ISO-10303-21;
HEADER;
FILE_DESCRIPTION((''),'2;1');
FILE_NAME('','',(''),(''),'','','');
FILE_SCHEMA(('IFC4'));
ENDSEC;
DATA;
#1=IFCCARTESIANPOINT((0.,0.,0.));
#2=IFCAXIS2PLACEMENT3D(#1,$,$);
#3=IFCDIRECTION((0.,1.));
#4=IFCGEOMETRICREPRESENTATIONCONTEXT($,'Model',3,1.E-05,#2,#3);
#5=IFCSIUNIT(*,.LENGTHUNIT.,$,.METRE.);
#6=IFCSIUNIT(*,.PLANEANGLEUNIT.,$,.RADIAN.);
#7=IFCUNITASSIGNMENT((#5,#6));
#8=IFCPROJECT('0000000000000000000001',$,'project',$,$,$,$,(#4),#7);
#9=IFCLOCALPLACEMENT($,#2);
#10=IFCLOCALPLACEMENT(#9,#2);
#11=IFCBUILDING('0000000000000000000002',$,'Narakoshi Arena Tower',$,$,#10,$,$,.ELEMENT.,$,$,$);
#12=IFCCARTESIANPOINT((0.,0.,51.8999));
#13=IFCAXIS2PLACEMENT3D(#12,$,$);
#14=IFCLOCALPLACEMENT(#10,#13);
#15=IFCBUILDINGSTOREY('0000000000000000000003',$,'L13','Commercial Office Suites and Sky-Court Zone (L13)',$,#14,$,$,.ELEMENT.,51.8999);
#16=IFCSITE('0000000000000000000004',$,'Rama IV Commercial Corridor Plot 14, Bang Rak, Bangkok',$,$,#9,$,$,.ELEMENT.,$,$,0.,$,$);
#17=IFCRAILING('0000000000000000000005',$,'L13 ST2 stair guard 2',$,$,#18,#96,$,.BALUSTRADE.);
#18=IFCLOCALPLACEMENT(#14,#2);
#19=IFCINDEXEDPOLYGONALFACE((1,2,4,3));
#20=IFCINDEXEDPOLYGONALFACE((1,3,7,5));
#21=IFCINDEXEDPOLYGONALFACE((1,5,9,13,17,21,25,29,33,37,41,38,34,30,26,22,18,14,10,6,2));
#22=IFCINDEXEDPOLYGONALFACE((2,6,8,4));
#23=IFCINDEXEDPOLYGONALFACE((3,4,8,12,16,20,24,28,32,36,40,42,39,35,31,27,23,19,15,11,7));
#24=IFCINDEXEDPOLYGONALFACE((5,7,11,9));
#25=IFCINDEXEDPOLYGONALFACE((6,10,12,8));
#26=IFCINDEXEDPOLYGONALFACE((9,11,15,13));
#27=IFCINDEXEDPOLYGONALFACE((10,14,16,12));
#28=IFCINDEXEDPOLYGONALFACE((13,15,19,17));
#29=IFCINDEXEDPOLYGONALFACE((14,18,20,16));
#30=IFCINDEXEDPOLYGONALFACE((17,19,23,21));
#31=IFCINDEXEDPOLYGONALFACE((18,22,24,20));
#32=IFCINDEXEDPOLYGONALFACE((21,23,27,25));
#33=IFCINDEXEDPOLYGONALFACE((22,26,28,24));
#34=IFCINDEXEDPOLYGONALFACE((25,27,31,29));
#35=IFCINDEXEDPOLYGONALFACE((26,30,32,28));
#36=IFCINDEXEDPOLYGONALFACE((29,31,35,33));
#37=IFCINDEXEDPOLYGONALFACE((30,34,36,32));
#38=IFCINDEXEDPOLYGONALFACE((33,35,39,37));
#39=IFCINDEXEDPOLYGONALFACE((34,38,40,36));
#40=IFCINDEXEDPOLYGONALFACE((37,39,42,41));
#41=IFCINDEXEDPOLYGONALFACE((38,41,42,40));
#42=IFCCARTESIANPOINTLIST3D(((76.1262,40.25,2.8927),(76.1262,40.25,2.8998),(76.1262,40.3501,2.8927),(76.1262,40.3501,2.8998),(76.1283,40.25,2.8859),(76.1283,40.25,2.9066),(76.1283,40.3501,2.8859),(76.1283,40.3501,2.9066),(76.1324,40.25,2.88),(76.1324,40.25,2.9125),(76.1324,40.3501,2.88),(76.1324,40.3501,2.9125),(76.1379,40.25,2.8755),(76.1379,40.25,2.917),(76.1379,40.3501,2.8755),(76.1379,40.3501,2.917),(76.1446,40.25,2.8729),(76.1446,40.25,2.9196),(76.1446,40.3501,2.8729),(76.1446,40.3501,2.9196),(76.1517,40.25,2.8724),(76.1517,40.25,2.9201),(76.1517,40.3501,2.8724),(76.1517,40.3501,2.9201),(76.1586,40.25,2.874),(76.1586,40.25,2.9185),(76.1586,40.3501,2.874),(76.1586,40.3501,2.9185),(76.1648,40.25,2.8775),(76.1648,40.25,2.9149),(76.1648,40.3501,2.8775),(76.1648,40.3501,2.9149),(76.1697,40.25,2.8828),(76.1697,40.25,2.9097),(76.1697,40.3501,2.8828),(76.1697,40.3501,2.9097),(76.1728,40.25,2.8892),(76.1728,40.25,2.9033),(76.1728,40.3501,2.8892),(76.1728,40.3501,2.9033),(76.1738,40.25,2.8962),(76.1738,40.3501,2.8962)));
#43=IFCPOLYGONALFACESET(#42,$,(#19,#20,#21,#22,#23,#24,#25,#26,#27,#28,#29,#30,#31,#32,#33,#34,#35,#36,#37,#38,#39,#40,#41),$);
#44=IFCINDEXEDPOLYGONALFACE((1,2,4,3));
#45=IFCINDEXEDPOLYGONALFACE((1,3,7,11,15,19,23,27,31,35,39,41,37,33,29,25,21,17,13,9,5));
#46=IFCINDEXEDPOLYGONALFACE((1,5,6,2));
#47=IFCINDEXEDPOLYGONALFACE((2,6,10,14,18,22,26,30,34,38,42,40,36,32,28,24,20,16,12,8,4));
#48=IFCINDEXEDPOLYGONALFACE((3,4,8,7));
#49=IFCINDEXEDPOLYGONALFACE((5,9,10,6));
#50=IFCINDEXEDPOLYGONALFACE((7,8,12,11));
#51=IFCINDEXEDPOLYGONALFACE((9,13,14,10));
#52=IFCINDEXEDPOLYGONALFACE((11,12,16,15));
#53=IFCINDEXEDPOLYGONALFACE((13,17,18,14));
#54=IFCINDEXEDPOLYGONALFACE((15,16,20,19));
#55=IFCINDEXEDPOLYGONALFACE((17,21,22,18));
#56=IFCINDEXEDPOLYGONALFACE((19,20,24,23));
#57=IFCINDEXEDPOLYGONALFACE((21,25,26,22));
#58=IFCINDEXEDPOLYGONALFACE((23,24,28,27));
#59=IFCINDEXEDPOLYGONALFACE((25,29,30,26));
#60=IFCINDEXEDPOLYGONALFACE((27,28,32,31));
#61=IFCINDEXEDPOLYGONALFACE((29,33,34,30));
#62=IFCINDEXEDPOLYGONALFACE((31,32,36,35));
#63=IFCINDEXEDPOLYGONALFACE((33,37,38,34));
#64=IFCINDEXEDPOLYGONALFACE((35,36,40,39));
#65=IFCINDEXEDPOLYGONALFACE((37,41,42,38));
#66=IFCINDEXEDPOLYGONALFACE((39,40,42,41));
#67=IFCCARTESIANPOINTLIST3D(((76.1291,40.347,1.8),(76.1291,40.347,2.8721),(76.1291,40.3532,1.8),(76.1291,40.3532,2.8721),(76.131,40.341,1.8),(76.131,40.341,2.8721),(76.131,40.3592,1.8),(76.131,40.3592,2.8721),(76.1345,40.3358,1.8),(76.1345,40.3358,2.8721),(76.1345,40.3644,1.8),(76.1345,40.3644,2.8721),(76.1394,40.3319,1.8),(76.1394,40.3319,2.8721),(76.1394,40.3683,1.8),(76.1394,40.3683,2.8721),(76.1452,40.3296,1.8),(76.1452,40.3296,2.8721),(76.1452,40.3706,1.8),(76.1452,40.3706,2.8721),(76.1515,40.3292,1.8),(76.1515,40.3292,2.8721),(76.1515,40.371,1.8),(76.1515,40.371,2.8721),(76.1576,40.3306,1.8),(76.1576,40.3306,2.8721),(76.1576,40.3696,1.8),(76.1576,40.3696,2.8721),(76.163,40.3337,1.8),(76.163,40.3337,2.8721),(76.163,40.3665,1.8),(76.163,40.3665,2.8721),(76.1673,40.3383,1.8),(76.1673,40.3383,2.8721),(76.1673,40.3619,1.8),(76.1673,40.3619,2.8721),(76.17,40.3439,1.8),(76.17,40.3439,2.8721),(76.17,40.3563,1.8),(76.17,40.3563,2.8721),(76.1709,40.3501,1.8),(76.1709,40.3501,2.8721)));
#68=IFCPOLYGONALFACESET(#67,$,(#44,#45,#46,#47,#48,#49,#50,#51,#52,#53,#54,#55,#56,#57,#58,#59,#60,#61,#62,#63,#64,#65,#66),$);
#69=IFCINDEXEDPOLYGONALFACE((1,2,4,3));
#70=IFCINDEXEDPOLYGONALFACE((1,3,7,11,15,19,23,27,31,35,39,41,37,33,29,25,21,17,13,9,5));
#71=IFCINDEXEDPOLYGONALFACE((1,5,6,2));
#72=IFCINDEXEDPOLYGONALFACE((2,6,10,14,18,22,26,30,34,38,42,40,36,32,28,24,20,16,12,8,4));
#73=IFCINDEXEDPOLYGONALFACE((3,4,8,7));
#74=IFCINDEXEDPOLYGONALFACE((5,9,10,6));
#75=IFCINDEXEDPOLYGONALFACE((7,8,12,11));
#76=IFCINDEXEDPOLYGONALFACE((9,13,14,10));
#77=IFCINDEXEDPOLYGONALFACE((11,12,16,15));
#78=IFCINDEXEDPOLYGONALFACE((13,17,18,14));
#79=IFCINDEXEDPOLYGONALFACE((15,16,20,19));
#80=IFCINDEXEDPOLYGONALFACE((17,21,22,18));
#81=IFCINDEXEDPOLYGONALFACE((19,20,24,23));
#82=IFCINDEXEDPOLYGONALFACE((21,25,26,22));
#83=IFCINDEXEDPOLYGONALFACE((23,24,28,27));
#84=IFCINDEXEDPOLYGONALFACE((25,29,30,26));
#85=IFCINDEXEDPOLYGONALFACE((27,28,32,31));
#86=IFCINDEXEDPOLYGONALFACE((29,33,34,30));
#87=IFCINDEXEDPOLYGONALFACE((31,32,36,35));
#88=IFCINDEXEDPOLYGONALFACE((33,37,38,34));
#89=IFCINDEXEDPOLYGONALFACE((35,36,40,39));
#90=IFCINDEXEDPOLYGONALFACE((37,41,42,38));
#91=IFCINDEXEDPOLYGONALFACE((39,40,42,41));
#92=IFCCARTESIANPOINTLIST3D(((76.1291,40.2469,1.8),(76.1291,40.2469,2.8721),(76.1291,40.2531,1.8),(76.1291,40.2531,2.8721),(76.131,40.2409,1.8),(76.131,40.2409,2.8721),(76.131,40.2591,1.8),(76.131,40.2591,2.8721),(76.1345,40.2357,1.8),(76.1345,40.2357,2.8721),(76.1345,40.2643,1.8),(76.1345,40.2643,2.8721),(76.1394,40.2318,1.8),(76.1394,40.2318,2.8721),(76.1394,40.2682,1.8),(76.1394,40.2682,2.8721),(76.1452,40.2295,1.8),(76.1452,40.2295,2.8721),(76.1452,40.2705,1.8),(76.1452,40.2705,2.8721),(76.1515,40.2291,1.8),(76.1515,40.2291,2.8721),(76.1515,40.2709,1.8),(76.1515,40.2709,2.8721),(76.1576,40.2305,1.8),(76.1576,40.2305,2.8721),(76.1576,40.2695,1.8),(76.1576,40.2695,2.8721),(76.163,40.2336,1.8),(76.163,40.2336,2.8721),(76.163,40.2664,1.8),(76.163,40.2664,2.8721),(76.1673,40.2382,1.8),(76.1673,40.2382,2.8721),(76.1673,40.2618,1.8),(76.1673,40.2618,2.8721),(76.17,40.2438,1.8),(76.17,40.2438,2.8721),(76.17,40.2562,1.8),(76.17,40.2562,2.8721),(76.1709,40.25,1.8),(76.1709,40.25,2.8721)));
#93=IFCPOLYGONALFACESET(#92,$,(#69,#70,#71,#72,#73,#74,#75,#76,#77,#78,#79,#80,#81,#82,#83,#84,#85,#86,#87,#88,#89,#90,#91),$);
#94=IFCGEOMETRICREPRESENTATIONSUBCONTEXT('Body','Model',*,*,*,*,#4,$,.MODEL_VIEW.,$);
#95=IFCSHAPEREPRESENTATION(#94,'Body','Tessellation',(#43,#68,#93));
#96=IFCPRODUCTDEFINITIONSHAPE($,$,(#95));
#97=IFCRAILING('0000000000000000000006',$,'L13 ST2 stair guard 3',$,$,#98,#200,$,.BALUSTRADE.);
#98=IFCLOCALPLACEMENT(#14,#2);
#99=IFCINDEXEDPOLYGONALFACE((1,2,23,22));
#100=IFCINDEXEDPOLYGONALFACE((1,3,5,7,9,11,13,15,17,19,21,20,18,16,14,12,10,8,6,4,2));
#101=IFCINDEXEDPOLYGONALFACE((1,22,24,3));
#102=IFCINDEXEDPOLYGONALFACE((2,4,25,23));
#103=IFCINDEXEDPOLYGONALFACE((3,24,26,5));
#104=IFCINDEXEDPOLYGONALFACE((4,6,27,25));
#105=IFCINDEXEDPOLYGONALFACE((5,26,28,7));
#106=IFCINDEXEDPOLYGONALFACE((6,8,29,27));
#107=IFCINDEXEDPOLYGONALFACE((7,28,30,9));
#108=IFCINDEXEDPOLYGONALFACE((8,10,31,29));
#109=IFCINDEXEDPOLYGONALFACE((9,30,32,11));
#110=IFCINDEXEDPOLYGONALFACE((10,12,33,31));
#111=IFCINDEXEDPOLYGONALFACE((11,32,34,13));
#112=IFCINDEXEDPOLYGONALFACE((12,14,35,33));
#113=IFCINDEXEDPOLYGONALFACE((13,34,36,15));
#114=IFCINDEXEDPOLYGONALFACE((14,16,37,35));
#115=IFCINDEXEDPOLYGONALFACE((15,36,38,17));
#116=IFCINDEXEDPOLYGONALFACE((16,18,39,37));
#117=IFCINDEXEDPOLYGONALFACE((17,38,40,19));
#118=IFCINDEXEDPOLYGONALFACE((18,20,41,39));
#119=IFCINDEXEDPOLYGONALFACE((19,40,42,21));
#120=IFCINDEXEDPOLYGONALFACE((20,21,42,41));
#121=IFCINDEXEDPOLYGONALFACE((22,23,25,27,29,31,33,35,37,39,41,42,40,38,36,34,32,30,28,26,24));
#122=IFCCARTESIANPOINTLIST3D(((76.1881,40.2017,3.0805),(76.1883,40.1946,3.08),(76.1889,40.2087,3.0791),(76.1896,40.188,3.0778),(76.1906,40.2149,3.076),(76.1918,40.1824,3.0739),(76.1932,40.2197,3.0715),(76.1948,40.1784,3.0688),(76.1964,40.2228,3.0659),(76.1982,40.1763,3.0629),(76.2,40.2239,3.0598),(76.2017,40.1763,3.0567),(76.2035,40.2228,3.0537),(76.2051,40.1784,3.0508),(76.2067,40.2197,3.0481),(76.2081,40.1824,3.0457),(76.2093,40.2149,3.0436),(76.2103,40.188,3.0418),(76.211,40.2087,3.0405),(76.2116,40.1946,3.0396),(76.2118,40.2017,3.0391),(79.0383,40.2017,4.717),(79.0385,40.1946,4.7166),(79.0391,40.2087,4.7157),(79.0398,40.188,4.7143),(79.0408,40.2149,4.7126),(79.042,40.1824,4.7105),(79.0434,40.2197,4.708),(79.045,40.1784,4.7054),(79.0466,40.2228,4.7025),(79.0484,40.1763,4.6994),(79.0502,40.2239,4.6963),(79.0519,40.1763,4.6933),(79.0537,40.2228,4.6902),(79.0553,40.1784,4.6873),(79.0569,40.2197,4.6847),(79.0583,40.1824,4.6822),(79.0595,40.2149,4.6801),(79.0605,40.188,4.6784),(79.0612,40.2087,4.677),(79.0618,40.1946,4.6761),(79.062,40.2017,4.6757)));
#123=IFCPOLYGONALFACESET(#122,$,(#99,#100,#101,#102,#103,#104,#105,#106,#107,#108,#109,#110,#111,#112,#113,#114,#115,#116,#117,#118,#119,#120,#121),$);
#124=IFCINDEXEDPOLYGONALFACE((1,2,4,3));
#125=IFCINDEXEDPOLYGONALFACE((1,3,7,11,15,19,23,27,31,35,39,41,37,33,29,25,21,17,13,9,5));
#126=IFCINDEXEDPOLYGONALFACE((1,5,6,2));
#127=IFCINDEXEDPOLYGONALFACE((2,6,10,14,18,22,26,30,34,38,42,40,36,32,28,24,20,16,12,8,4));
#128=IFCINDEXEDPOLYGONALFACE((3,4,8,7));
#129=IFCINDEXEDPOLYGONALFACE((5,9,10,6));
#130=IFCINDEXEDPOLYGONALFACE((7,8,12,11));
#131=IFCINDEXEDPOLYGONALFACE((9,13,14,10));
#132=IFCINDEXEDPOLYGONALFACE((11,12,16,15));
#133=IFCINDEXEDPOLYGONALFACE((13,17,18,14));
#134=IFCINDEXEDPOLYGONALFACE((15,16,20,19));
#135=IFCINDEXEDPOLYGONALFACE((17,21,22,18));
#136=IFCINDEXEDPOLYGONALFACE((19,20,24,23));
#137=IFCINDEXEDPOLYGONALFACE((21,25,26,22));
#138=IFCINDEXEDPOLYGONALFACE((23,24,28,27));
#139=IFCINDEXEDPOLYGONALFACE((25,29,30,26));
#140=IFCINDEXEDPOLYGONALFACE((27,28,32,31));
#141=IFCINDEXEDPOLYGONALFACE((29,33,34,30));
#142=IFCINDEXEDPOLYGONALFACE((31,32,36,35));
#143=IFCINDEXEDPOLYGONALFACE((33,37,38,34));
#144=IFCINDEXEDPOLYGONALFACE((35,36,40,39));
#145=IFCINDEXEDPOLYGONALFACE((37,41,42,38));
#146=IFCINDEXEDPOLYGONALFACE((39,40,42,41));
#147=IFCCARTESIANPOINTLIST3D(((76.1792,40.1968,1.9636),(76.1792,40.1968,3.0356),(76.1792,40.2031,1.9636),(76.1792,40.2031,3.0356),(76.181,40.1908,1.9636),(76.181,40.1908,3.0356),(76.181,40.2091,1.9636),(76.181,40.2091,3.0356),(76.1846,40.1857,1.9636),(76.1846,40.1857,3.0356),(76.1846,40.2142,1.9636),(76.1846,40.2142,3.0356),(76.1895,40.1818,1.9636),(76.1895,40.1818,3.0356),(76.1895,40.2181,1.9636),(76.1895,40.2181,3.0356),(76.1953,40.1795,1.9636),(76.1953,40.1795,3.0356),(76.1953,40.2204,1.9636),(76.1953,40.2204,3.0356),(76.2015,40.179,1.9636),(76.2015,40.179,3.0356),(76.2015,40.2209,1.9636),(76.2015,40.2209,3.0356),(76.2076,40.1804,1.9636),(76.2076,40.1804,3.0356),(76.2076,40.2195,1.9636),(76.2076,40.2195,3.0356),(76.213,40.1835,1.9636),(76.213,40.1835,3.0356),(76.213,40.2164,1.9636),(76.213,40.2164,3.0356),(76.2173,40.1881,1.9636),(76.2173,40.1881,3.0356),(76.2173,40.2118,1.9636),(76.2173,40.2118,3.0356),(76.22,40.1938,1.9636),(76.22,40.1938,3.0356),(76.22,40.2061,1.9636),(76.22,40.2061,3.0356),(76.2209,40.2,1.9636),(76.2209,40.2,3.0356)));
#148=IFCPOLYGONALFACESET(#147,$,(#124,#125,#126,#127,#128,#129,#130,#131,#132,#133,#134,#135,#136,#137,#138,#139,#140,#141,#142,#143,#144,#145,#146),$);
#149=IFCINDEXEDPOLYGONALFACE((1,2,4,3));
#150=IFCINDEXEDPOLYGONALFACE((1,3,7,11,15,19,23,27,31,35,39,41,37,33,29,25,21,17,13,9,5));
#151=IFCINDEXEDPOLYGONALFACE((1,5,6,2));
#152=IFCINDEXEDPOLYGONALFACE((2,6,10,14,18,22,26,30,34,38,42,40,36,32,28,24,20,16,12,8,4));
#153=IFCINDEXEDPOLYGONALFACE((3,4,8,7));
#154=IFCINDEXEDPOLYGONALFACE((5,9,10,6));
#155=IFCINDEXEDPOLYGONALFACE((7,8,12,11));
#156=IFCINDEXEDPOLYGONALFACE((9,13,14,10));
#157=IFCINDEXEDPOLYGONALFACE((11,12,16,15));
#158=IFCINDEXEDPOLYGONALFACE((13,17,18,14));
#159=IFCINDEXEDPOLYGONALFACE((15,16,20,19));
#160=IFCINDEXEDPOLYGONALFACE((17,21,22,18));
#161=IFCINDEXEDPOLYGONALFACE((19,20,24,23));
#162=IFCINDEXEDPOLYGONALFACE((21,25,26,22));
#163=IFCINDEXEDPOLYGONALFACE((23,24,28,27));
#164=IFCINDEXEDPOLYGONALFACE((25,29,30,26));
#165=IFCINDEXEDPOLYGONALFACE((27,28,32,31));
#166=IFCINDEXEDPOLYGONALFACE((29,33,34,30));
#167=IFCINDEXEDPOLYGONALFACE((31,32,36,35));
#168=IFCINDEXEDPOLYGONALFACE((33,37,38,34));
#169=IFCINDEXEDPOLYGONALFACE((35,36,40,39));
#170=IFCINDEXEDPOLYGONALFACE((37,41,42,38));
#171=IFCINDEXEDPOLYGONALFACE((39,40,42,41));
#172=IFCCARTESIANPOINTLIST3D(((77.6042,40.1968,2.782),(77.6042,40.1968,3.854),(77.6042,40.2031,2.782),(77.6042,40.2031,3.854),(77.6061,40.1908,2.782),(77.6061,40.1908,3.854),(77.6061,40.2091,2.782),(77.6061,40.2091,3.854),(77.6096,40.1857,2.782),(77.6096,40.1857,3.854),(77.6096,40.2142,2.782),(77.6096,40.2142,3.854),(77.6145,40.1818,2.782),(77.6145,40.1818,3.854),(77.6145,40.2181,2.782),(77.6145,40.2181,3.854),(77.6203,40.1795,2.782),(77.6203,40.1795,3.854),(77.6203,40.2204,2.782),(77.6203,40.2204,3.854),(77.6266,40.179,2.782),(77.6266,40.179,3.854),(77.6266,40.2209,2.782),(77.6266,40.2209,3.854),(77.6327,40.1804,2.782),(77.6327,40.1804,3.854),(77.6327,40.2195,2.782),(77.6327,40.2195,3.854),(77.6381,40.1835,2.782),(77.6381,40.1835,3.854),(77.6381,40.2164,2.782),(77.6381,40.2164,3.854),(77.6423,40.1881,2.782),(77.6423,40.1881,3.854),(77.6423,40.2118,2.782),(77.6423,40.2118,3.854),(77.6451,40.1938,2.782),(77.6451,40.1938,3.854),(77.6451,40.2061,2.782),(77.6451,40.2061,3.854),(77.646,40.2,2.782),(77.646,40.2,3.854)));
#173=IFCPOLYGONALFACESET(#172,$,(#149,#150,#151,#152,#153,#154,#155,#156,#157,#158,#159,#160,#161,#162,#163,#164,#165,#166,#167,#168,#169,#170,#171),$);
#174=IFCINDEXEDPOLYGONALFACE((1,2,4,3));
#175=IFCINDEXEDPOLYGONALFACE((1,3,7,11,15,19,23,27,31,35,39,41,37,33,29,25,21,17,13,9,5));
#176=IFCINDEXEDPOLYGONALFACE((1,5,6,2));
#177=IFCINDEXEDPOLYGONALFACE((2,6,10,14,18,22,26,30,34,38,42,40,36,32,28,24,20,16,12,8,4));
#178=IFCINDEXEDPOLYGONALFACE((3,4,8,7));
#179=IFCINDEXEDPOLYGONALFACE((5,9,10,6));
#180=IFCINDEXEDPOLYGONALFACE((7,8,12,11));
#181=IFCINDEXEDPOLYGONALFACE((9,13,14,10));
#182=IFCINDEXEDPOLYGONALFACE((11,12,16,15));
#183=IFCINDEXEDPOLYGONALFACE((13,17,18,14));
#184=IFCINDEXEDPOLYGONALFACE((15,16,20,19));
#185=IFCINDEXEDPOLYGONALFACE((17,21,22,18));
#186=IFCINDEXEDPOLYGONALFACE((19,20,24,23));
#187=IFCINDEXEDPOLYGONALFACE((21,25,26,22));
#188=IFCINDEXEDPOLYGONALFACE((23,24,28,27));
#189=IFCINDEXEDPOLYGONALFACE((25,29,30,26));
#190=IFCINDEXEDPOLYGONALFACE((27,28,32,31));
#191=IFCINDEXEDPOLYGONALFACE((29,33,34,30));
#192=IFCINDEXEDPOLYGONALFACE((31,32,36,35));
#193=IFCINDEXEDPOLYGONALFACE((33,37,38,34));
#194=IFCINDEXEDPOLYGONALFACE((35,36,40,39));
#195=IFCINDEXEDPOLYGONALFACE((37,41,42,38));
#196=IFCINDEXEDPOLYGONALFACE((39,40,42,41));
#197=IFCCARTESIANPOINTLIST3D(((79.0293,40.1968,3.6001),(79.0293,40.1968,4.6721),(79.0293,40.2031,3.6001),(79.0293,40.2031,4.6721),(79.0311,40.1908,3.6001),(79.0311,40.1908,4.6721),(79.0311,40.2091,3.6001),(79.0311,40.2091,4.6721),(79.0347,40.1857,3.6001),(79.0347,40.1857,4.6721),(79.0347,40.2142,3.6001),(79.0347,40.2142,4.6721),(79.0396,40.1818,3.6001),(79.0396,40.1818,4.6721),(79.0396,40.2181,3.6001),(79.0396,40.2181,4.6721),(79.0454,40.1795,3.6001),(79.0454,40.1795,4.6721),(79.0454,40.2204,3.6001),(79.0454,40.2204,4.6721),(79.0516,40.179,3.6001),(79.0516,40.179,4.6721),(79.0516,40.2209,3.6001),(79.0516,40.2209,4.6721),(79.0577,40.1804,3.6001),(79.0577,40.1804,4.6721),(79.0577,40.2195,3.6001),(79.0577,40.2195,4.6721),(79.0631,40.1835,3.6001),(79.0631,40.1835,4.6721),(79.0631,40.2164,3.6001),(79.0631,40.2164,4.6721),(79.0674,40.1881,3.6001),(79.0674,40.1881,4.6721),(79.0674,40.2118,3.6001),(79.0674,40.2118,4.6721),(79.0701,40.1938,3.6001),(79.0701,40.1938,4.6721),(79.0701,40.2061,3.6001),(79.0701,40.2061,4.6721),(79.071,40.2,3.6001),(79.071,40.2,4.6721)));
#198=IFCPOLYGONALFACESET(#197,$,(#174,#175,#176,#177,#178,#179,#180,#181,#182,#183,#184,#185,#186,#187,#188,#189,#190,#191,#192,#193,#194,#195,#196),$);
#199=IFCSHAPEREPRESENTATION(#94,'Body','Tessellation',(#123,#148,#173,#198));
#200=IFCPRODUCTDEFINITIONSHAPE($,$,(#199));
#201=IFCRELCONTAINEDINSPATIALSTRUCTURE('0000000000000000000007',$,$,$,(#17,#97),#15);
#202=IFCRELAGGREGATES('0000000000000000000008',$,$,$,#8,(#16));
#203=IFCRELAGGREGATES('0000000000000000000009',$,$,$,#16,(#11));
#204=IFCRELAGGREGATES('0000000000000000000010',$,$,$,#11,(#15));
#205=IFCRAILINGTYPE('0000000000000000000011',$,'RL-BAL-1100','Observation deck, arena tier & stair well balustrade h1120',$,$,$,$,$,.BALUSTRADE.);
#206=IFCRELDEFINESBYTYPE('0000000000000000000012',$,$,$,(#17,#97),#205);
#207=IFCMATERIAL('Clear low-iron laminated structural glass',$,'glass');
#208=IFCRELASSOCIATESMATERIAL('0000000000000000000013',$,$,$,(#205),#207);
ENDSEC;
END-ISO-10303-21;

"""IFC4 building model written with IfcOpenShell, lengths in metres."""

from ifc_helpers import new_model, si_unit, direction, frame, origin, origin_2d, place, context, subcontext, project, spatial, circle, extrude, material, type_object, element, save


model = new_model("IFC4")

# Units and contexts
model_context = context("Model", 3, precision=1e-05, world=origin(), true_north=direction((0.0, 1.0)))
body_context = subcontext(model_context, "Body", "Model", "MODEL_VIEW")
ifc_project = project(units=[si_unit("LENGTHUNIT", "METRE"), si_unit("PLANEANGLEUNIT", "RADIAN")], contexts=[model_context])

# Site, building, storey
site_placement = place(None, origin())
site = spatial("IfcSite", under=ifc_project, at=site_placement, Name="Rama IV Commercial Corridor Plot 14, Bang Rak, Bangkok", CompositionType="ELEMENT", RefElevation=0.0)
building_placement = place(site_placement, origin())
building = spatial("IfcBuilding", under=site, at=building_placement, Name="Narakoshi Arena Tower", CompositionType="ELEMENT")
storey_placement = place(building_placement, frame((0.0, 0.0, 51.8999)))
storey = spatial("IfcBuildingStorey", under=building, at=storey_placement, Name="L13", Description="Commercial Office Suites and Sky-Court Zone (L13)", CompositionType="ELEMENT", Elevation=51.8999)

# Railings
ifc_material_1 = material(Name="Clear low-iron laminated structural glass", Category="glass")
railing_type_1 = type_object("IfcRailingType", Name="RL-BAL-1100", Description="Observation deck, arena tier & stair well balustrade h1120", PredefinedType="BALUSTRADE", material=ifc_material_1)
railing_1_placement = place(storey_placement, frame((76.1499, 40.3501, 1.8)))
element("IfcRailing", 1, at=railing_1_placement, inside=storey, type_object=railing_type_1, Name="L13 ST2 stair guard 2", PredefinedType="BALUSTRADE", context=body_context, shape_type="SweptSolid", body=[
    extrude(circle(Radius=0.0239, at=origin_2d()), frame((0.0, 0.0, 1.0962), z_axis=(0.0, -1.0, 0.0), x_axis=(1.0, 0.0, 0.0)), (0.0, 0.0, 1.0), 0.1001),
    extrude(circle(Radius=0.021, at=origin_2d()), origin(), (0.0, 0.0, 1.0), 1.072),
    extrude(circle(Radius=0.021, at=origin_2d()), frame((0.0, -0.1001, 0.0)), (0.0, 0.0, 1.0), 1.072),
])
railing_2_placement = place(storey_placement, frame((76.2, 40.2, 1.9636)))
element("IfcRailing", 2, at=railing_2_placement, inside=storey, type_object=railing_type_1, Name="L13 ST2 stair guard 3", PredefinedType="BALUSTRADE", context=body_context, shape_type="SweptSolid", body=[
    extrude(circle(Radius=0.0239, at=origin_2d()), frame((0.0, 0.0, 1.0962), z_axis=(0.867213, 0.0, 0.497938), x_axis=(0.0, 1.0, 0.0)), (0.0, 0.0, 1.0), 3.2866),
    extrude(circle(Radius=0.021, at=origin_2d()), origin(), (0.0, 0.0, 1.0), 1.072),
    extrude(circle(Radius=0.021, at=origin_2d()), frame((1.425, 0.0, 0.8184)), (0.0, 0.0, 1.0), 1.072),
    extrude(circle(Radius=0.021, at=origin_2d()), frame((2.8501, 0.0, 1.6365)), (0.0, 0.0, 1.0), 1.072),
])

save(model, "model.ifc")
